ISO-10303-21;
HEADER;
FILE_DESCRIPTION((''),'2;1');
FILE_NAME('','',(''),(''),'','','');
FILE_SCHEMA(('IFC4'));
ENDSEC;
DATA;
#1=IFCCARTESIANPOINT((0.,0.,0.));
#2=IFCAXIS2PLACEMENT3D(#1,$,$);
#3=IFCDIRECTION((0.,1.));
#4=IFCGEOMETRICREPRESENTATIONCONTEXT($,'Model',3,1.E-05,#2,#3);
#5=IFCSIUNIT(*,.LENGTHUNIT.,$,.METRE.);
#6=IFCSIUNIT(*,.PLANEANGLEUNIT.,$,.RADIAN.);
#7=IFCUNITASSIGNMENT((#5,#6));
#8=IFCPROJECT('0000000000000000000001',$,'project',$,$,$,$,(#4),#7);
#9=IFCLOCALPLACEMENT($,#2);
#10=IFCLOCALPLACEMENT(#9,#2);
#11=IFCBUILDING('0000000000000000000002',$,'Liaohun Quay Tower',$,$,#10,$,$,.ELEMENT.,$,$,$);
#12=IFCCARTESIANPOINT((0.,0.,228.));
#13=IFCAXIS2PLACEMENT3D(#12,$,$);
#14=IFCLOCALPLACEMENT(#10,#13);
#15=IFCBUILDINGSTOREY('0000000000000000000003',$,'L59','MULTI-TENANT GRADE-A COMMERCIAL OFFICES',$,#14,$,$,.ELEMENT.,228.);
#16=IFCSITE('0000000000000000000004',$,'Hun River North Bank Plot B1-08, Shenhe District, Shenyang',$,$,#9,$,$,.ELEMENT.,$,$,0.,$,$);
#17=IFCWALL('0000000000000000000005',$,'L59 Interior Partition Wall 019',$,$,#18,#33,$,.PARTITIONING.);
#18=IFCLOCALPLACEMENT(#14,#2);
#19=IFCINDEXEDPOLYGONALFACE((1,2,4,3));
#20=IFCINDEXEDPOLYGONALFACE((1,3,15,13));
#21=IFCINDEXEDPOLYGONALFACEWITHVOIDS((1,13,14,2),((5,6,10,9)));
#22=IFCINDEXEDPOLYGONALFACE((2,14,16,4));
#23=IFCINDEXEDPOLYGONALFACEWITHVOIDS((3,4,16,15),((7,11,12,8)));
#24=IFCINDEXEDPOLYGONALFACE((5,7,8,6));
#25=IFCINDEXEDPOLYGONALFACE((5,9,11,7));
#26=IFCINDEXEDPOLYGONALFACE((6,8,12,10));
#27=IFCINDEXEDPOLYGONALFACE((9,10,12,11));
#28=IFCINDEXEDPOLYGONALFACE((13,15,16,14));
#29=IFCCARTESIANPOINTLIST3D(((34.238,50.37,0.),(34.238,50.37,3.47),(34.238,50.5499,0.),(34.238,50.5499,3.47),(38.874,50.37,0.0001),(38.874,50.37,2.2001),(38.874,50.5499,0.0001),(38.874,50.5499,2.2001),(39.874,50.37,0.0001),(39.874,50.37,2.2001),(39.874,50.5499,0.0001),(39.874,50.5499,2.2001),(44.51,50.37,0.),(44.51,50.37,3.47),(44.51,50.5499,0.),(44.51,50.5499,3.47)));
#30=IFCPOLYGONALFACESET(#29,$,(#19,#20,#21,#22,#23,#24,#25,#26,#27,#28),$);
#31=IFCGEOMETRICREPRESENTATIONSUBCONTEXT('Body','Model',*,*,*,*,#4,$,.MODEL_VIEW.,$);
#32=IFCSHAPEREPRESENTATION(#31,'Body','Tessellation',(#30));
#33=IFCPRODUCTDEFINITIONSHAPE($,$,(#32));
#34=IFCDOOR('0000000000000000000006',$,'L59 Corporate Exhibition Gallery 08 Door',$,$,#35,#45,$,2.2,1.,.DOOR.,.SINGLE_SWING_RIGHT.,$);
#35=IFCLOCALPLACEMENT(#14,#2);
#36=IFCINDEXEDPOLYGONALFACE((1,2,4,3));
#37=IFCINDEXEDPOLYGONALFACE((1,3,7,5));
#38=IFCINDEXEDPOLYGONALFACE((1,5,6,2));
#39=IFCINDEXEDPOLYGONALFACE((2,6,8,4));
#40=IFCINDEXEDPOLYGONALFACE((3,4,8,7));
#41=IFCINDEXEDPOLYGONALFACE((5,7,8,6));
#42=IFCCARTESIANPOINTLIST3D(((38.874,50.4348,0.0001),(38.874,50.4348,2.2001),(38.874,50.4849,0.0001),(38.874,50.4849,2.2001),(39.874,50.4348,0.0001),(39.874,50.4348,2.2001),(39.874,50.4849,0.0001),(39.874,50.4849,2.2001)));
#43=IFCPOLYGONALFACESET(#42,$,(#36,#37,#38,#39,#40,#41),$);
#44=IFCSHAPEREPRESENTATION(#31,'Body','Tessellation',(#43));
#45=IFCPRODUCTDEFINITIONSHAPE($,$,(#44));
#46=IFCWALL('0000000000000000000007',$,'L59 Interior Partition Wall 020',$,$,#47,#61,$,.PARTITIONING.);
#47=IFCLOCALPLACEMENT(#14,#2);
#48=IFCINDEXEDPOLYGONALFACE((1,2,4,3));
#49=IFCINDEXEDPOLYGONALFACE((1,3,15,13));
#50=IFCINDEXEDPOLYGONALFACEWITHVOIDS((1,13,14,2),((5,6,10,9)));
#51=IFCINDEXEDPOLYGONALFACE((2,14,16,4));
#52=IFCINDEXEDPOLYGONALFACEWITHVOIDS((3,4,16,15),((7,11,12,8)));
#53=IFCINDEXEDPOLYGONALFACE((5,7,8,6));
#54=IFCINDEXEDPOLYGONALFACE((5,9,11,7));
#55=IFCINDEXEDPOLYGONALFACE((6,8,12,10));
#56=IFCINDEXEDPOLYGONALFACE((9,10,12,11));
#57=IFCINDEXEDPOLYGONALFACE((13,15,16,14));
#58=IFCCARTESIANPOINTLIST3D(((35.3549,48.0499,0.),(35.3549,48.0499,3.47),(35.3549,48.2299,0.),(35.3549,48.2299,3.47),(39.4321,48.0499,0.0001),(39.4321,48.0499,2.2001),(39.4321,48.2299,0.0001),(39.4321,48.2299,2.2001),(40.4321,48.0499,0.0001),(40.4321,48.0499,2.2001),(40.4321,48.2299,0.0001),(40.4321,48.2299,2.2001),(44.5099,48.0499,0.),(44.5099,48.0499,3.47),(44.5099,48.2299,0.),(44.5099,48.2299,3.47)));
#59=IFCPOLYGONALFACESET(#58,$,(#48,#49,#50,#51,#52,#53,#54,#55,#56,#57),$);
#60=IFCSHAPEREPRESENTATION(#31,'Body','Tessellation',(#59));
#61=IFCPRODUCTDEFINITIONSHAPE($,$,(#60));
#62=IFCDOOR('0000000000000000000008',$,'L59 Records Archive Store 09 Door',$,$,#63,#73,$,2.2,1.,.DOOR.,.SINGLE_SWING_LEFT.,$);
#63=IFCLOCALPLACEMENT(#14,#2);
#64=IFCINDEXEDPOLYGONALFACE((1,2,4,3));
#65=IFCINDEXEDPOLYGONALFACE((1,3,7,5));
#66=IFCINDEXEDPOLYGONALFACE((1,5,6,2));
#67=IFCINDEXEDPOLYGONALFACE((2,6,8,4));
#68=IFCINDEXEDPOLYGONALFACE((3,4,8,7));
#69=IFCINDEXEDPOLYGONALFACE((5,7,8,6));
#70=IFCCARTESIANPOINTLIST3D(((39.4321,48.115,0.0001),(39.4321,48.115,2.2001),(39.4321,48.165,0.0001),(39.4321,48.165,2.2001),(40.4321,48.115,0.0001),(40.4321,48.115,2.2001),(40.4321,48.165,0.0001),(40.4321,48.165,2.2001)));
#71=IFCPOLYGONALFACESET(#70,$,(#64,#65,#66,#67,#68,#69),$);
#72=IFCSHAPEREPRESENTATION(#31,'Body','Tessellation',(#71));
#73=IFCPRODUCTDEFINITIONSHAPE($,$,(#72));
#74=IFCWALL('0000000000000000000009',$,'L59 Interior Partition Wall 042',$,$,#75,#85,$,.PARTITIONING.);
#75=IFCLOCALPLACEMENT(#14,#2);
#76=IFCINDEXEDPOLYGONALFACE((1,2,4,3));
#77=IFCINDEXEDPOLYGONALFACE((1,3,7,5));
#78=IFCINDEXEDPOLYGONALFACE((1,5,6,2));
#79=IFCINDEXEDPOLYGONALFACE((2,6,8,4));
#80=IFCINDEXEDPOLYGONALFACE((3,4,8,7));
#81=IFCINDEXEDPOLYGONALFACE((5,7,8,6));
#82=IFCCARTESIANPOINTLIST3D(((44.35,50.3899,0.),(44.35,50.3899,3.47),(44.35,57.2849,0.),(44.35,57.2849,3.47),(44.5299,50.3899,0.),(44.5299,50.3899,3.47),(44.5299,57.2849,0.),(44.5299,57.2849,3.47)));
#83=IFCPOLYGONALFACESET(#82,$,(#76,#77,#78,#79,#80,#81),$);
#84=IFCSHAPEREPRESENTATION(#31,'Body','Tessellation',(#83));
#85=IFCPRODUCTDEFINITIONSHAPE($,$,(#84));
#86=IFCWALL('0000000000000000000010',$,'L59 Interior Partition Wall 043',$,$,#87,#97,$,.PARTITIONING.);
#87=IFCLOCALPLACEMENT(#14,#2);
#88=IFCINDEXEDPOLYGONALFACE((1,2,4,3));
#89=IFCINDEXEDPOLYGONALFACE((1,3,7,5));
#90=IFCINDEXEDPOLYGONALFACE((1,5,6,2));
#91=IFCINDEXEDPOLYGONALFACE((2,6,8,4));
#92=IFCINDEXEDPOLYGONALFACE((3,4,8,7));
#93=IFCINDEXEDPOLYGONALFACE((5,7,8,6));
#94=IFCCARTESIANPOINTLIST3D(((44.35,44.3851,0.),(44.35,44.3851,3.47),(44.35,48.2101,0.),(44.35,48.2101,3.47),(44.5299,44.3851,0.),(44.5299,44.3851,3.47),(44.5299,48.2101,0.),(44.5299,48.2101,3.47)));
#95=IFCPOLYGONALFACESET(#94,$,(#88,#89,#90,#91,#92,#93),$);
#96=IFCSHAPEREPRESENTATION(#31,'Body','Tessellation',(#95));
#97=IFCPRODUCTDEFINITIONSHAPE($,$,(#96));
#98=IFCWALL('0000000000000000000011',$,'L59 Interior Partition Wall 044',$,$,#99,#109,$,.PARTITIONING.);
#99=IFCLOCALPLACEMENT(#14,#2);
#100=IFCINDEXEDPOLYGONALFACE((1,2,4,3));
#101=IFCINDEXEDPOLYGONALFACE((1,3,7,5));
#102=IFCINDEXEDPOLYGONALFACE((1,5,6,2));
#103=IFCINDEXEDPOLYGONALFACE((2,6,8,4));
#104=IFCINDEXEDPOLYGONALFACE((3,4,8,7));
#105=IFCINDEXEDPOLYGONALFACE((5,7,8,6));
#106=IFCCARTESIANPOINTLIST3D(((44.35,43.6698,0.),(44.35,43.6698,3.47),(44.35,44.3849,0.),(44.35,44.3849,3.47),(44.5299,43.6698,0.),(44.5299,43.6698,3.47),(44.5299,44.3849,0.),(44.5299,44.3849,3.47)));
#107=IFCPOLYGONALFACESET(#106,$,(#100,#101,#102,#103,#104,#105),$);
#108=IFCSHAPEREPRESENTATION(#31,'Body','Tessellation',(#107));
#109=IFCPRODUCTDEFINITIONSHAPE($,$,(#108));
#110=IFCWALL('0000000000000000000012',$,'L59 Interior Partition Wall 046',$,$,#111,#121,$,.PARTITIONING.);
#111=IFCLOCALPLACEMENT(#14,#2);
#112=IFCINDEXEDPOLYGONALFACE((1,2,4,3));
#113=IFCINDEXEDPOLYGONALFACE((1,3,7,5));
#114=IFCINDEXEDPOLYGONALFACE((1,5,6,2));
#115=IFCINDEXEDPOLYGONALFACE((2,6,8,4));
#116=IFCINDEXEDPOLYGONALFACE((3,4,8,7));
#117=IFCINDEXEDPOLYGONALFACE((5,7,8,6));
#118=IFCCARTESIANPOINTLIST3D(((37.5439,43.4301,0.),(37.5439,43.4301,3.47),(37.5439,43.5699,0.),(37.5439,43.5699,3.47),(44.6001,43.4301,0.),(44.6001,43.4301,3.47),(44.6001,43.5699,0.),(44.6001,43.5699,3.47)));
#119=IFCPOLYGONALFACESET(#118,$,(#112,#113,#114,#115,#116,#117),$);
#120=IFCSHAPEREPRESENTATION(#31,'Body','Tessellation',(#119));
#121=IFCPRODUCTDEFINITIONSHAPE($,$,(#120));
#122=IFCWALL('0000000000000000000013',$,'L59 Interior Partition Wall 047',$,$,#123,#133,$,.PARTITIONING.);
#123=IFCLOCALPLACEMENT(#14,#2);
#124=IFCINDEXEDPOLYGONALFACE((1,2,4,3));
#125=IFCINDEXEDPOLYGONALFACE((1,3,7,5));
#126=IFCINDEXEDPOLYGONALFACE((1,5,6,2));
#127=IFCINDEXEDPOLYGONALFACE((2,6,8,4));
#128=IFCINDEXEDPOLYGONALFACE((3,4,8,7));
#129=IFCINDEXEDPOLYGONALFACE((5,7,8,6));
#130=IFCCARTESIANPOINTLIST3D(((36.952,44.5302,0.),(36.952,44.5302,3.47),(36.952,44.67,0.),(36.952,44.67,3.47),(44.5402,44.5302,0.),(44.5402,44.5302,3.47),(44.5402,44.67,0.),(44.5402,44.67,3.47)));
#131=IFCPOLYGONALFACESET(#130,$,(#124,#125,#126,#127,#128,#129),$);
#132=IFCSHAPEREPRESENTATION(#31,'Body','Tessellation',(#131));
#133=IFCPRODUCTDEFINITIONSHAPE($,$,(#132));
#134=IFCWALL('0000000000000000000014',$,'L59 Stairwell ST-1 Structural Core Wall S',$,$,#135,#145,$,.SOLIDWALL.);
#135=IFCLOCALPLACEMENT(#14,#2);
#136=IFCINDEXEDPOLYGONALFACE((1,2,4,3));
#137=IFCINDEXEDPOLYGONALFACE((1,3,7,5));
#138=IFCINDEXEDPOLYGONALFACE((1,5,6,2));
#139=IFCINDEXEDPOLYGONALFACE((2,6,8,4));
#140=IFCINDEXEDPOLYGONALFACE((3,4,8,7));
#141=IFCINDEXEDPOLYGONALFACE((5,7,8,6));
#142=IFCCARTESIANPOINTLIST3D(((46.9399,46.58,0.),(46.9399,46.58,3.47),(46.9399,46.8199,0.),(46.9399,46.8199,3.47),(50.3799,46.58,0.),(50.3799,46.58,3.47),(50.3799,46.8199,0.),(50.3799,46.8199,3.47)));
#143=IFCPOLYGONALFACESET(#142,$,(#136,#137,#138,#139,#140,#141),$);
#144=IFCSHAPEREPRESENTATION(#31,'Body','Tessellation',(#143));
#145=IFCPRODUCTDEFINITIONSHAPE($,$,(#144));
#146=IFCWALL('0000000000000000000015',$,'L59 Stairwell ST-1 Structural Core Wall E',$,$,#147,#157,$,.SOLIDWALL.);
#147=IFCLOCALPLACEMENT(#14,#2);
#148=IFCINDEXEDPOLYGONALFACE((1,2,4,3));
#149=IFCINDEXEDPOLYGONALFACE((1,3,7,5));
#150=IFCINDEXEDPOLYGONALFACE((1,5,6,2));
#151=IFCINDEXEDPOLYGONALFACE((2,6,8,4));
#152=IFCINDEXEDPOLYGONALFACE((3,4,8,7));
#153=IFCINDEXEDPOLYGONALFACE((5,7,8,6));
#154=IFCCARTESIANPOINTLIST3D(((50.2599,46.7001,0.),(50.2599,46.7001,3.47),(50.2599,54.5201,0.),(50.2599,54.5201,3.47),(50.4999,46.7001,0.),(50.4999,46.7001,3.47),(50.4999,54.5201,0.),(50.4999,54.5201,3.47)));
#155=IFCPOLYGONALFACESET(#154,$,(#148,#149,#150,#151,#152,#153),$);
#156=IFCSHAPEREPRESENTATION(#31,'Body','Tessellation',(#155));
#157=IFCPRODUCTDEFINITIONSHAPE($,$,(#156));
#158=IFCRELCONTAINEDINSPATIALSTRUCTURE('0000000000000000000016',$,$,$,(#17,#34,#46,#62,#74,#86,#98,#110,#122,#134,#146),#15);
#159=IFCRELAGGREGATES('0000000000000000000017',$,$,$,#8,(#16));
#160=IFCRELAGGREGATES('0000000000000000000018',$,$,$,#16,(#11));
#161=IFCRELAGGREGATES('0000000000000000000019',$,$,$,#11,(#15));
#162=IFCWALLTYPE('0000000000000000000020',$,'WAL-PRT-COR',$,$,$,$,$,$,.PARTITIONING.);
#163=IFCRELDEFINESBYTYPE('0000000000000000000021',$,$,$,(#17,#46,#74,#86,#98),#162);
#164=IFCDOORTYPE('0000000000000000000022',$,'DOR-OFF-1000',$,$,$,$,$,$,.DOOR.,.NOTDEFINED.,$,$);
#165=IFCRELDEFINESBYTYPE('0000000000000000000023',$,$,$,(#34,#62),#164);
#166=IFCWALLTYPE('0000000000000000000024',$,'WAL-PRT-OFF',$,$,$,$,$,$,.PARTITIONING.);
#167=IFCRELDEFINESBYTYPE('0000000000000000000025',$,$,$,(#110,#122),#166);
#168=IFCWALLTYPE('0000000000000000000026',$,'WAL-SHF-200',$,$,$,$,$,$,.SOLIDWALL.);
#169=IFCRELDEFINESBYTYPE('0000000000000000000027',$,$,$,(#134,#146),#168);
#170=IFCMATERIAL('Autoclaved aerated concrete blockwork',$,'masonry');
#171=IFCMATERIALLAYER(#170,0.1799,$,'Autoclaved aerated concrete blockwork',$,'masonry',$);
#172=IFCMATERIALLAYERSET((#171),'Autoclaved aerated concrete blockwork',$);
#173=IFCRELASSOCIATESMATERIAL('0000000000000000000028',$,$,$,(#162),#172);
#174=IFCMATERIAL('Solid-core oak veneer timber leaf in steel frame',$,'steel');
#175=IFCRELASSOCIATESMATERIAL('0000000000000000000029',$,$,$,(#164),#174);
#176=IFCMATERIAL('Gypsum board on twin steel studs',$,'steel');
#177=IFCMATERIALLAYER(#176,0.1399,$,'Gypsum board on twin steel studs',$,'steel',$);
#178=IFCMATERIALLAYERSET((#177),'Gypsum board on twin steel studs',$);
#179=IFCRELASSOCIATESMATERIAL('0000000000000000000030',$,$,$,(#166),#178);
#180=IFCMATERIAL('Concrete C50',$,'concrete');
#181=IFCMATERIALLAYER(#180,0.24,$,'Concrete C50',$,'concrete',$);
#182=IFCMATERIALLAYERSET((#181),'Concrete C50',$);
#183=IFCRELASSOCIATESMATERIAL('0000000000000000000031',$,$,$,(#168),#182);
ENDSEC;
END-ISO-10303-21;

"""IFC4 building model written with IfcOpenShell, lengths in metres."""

from ifc_helpers import new_model, si_unit, direction, frame, frame_2d, origin, place, context, subcontext, project, spatial, rectangle, extrude, source, transform, mapped, material, layer, layer_set, type_object, element, fill, save


model = new_model("IFC4")

# Units and contexts
model_context = context("Model", 3, precision=1e-05, world=origin(), true_north=direction((0.0, 1.0)))
body_context = subcontext(model_context, "Body", "Model", "MODEL_VIEW")
ifc_project = project(units=[si_unit("LENGTHUNIT", "METRE"), si_unit("PLANEANGLEUNIT", "RADIAN")], contexts=[model_context])

# Site, building, storey
site_placement = place(None, origin())
site = spatial("IfcSite", under=ifc_project, at=site_placement, Name="Hun River North Bank Plot B1-08, Shenhe District, Shenyang", CompositionType="ELEMENT", RefElevation=0.0)
building_placement = place(site_placement, origin())
building = spatial("IfcBuilding", under=site, at=building_placement, Name="Liaohun Quay Tower", CompositionType="ELEMENT")
storey_placement = place(building_placement, frame((0.0, 0.0, 228.0)))
storey = spatial("IfcBuildingStorey", under=building, at=storey_placement, Name="L59", Description="MULTI-TENANT GRADE-A COMMERCIAL OFFICES", CompositionType="ELEMENT", Elevation=228.0)

# Walls, openings, doors
ifc_material_1 = material(Name="Autoclaved aerated concrete blockwork", Category="masonry")
ifc_layer_1 = layer(ifc_material_1, 0.1799, Name="Autoclaved aerated concrete blockwork", Category="masonry")
ifc_layer_set_1 = layer_set([ifc_layer_1], Name="Autoclaved aerated concrete blockwork")
wall_type_1 = type_object("IfcWallType", Name="WAL-PRT-COR", PredefinedType="PARTITIONING", material=ifc_layer_set_1)
wall_1_placement = place(storey_placement, frame((34.238, 50.46, 0.0), z_axis=(0.0, 0.0, 1.0), x_axis=(1.0, 0.0, 0.0)))
wall_1 = element("IfcWall", 1, at=wall_1_placement, inside=storey, type_object=wall_type_1, Name="L59 Interior Partition Wall 019", PredefinedType="PARTITIONING", context=body_context, shape_type="SweptSolid", body=[
    extrude(rectangle(XDim=10.272, YDim=0.1799, at=frame_2d((5.136, 0.0))), origin(), (0.0, 0.0, 1.0), 3.47),
])
shared_shape_1 = source(origin(), body_context, "Body", "SweptSolid", [
    extrude(rectangle(XDim=1.0, YDim=2.2, at=frame_2d((0.5, 1.1001))), frame((0.0, 0.0999, 0.0), z_axis=(0.0, -1.0, 0.0), x_axis=(1.0, 0.0, 0.0)), (0.0, 0.0, 1.0), 0.2),
])
opening_1_placement = place(wall_1_placement, frame((4.636, 0.0, 0.0)))
opening_1 = element("IfcOpeningElement", 2, at=opening_1_placement, cuts=wall_1, PredefinedType="OPENING", context=body_context, shape_type="MappedRepresentation", body=[
    mapped(shared_shape_1, transform((0.0, 0.0, 0.0), x_axis=(1.0, 0.0, 0.0), y_axis=(0.0, 1.0, 0.0), z_axis=(0.0, 0.0, 1.0), scale=1.0)),
])
ifc_material_2 = material(Name="Solid-core oak veneer timber leaf in steel frame", Category="steel")
door_type = type_object("IfcDoorType", Name="DOR-OFF-1000", OperationType="NOTDEFINED", PredefinedType="DOOR", material=ifc_material_2)
shared_shape_2 = source(origin(), body_context, "Body", "SweptSolid", [
    extrude(rectangle(XDim=1.0, YDim=2.2, at=frame_2d((0.5, 1.1001))), frame((0.0, 0.0249, 0.0), z_axis=(0.0, -1.0, 0.0), x_axis=(1.0, 0.0, 0.0)), (0.0, 0.0, 1.0), 0.05),
])
door_1_placement = place(opening_1_placement, origin())
door_1 = element("IfcDoor", 3, at=door_1_placement, inside=storey, type_object=door_type, Name="L59 Corporate Exhibition Gallery 08 Door", OperationType="SINGLE_SWING_RIGHT", OverallHeight=2.2, OverallWidth=1.0, PredefinedType="DOOR", context=body_context, shape_type="MappedRepresentation", body=[
    mapped(shared_shape_2, transform((0.0, 0.0, 0.0), x_axis=(1.0, 0.0, 0.0), y_axis=(0.0, 1.0, 0.0), z_axis=(0.0, 0.0, 1.0), scale=1.0)),
])
fill(opening_1, door_1)
wall_2_placement = place(storey_placement, frame((44.51, 48.1399, 0.0), z_axis=(0.0, 0.0, 1.0), x_axis=(-1.0, 0.0, 0.0)))
wall_2 = element("IfcWall", 4, at=wall_2_placement, inside=storey, type_object=wall_type_1, Name="L59 Interior Partition Wall 020", PredefinedType="PARTITIONING", context=body_context, shape_type="SweptSolid", body=[
    extrude(rectangle(XDim=9.155, YDim=0.1799, at=frame_2d((4.5776, 0.0))), origin(), (0.0, 0.0, 1.0), 3.47),
])
opening_2_placement = place(wall_2_placement, frame((4.0779, 0.0, 0.0)))
opening_2 = element("IfcOpeningElement", 5, at=opening_2_placement, cuts=wall_2, PredefinedType="OPENING", context=body_context, shape_type="MappedRepresentation", body=[
    mapped(shared_shape_1, transform((0.0, 0.0, 0.0), x_axis=(1.0, 0.0, 0.0), y_axis=(0.0, 1.0, 0.0), z_axis=(0.0, 0.0, 1.0), scale=1.0)),
])
door_2_placement = place(opening_2_placement, origin())
door_2 = element("IfcDoor", 6, at=door_2_placement, inside=storey, type_object=door_type, Name="L59 Records Archive Store 09 Door", OperationType="SINGLE_SWING_LEFT", OverallHeight=2.2, OverallWidth=1.0, PredefinedType="DOOR", context=body_context, shape_type="MappedRepresentation", body=[
    mapped(shared_shape_2, transform((0.0, 0.0, 0.0), x_axis=(1.0, 0.0, 0.0), y_axis=(0.0, 1.0, 0.0), z_axis=(0.0, 0.0, 1.0), scale=1.0)),
])
fill(opening_2, door_2)

# Walls
wall_3_placement = place(storey_placement, frame((44.4399, 50.3899, 0.0), z_axis=(0.0, 0.0, 1.0), x_axis=(0.0, 1.0, 0.0)))
element("IfcWall", 7, at=wall_3_placement, inside=storey, type_object=wall_type_1, Name="L59 Interior Partition Wall 042", PredefinedType="PARTITIONING", context=body_context, shape_type="SweptSolid", body=[
    extrude(rectangle(XDim=6.895, YDim=0.1799, at=frame_2d((3.4475, 0.0))), origin(), (0.0, 0.0, 1.0), 3.47),
])
wall_4_placement = place(storey_placement, frame((44.4399, 44.385, 0.0), z_axis=(0.0, 0.0, 1.0), x_axis=(0.0, 1.0, 0.0)))
element("IfcWall", 8, at=wall_4_placement, inside=storey, type_object=wall_type_1, Name="L59 Interior Partition Wall 043", PredefinedType="PARTITIONING", context=body_context, shape_type="SweptSolid", body=[
    extrude(rectangle(XDim=3.825, YDim=0.1799, at=frame_2d((1.9126, 0.0))), origin(), (0.0, 0.0, 1.0), 3.47),
])
wall_5_placement = place(storey_placement, frame((44.4399, 43.6699, 0.0), z_axis=(0.0, 0.0, 1.0), x_axis=(0.0, 1.0, 0.0)))
element("IfcWall", 9, at=wall_5_placement, inside=storey, type_object=wall_type_1, Name="L59 Interior Partition Wall 044", PredefinedType="PARTITIONING", context=body_context, shape_type="SweptSolid", body=[
    extrude(rectangle(XDim=0.7151, YDim=0.1799, at=frame_2d((0.3574, 0.0))), origin(), (0.0, 0.0, 1.0), 3.47),
])
ifc_material_3 = material(Name="Gypsum board on twin steel studs", Category="steel")
ifc_layer_2 = layer(ifc_material_3, 0.1399, Name="Gypsum board on twin steel studs", Category="steel")
ifc_layer_set_2 = layer_set([ifc_layer_2], Name="Gypsum board on twin steel studs")
wall_type_2 = type_object("IfcWallType", Name="WAL-PRT-OFF", PredefinedType="PARTITIONING", material=ifc_layer_set_2)
wall_6_placement = place(storey_placement, frame((44.6001, 43.5, 0.0), z_axis=(0.0, 0.0, 1.0), x_axis=(-1.0, 0.0, 0.0)))
element("IfcWall", 10, at=wall_6_placement, inside=storey, type_object=wall_type_2, Name="L59 Interior Partition Wall 046", PredefinedType="PARTITIONING", context=body_context, shape_type="SweptSolid", body=[
    extrude(rectangle(XDim=7.0562, YDim=0.1399, at=frame_2d((3.5281, 0.0))), origin(), (0.0, 0.0, 1.0), 3.47),
])
wall_7_placement = place(storey_placement, frame((44.54, 44.6001, 0.0), z_axis=(0.0, 0.0, 1.0), x_axis=(-1.0, 0.0, 0.0)))
element("IfcWall", 11, at=wall_7_placement, inside=storey, type_object=wall_type_2, Name="L59 Interior Partition Wall 047", PredefinedType="PARTITIONING", context=body_context, shape_type="SweptSolid", body=[
    extrude(rectangle(XDim=7.5881, YDim=0.1399, at=frame_2d((3.7939, 0.0))), origin(), (0.0, 0.0, 1.0), 3.47),
])
ifc_material_4 = material(Name="Concrete C50", Category="concrete")
ifc_layer_3 = layer(ifc_material_4, 0.24, Name="Concrete C50", Category="concrete")
ifc_layer_set_3 = layer_set([ifc_layer_3], Name="Concrete C50")
wall_type_3 = type_object("IfcWallType", Name="WAL-SHF-200", PredefinedType="SOLIDWALL", material=ifc_layer_set_3)
wall_8_placement = place(storey_placement, frame((46.9399, 46.7, 0.0), z_axis=(0.0, 0.0, 1.0), x_axis=(1.0, 0.0, 0.0)))
element("IfcWall", 12, at=wall_8_placement, inside=storey, type_object=wall_type_3, Name="L59 Stairwell ST-1 Structural Core Wall S", PredefinedType="SOLIDWALL", context=body_context, shape_type="SweptSolid", body=[
    extrude(rectangle(XDim=3.4399, YDim=0.24, at=frame_2d((1.72, 0.0))), origin(), (0.0, 0.0, 1.0), 3.47),
])
wall_9_placement = place(storey_placement, frame((50.3799, 46.7, 0.0), z_axis=(0.0, 0.0, 1.0), x_axis=(0.0, 1.0, 0.0)))
element("IfcWall", 13, at=wall_9_placement, inside=storey, type_object=wall_type_3, Name="L59 Stairwell ST-1 Structural Core Wall E", PredefinedType="SOLIDWALL", context=body_context, shape_type="SweptSolid", body=[
    extrude(rectangle(XDim=7.8201, YDim=0.24, at=frame_2d((3.9102, 0.0))), origin(), (0.0, 0.0, 1.0), 3.47),
])

save(model, "model.ifc")
